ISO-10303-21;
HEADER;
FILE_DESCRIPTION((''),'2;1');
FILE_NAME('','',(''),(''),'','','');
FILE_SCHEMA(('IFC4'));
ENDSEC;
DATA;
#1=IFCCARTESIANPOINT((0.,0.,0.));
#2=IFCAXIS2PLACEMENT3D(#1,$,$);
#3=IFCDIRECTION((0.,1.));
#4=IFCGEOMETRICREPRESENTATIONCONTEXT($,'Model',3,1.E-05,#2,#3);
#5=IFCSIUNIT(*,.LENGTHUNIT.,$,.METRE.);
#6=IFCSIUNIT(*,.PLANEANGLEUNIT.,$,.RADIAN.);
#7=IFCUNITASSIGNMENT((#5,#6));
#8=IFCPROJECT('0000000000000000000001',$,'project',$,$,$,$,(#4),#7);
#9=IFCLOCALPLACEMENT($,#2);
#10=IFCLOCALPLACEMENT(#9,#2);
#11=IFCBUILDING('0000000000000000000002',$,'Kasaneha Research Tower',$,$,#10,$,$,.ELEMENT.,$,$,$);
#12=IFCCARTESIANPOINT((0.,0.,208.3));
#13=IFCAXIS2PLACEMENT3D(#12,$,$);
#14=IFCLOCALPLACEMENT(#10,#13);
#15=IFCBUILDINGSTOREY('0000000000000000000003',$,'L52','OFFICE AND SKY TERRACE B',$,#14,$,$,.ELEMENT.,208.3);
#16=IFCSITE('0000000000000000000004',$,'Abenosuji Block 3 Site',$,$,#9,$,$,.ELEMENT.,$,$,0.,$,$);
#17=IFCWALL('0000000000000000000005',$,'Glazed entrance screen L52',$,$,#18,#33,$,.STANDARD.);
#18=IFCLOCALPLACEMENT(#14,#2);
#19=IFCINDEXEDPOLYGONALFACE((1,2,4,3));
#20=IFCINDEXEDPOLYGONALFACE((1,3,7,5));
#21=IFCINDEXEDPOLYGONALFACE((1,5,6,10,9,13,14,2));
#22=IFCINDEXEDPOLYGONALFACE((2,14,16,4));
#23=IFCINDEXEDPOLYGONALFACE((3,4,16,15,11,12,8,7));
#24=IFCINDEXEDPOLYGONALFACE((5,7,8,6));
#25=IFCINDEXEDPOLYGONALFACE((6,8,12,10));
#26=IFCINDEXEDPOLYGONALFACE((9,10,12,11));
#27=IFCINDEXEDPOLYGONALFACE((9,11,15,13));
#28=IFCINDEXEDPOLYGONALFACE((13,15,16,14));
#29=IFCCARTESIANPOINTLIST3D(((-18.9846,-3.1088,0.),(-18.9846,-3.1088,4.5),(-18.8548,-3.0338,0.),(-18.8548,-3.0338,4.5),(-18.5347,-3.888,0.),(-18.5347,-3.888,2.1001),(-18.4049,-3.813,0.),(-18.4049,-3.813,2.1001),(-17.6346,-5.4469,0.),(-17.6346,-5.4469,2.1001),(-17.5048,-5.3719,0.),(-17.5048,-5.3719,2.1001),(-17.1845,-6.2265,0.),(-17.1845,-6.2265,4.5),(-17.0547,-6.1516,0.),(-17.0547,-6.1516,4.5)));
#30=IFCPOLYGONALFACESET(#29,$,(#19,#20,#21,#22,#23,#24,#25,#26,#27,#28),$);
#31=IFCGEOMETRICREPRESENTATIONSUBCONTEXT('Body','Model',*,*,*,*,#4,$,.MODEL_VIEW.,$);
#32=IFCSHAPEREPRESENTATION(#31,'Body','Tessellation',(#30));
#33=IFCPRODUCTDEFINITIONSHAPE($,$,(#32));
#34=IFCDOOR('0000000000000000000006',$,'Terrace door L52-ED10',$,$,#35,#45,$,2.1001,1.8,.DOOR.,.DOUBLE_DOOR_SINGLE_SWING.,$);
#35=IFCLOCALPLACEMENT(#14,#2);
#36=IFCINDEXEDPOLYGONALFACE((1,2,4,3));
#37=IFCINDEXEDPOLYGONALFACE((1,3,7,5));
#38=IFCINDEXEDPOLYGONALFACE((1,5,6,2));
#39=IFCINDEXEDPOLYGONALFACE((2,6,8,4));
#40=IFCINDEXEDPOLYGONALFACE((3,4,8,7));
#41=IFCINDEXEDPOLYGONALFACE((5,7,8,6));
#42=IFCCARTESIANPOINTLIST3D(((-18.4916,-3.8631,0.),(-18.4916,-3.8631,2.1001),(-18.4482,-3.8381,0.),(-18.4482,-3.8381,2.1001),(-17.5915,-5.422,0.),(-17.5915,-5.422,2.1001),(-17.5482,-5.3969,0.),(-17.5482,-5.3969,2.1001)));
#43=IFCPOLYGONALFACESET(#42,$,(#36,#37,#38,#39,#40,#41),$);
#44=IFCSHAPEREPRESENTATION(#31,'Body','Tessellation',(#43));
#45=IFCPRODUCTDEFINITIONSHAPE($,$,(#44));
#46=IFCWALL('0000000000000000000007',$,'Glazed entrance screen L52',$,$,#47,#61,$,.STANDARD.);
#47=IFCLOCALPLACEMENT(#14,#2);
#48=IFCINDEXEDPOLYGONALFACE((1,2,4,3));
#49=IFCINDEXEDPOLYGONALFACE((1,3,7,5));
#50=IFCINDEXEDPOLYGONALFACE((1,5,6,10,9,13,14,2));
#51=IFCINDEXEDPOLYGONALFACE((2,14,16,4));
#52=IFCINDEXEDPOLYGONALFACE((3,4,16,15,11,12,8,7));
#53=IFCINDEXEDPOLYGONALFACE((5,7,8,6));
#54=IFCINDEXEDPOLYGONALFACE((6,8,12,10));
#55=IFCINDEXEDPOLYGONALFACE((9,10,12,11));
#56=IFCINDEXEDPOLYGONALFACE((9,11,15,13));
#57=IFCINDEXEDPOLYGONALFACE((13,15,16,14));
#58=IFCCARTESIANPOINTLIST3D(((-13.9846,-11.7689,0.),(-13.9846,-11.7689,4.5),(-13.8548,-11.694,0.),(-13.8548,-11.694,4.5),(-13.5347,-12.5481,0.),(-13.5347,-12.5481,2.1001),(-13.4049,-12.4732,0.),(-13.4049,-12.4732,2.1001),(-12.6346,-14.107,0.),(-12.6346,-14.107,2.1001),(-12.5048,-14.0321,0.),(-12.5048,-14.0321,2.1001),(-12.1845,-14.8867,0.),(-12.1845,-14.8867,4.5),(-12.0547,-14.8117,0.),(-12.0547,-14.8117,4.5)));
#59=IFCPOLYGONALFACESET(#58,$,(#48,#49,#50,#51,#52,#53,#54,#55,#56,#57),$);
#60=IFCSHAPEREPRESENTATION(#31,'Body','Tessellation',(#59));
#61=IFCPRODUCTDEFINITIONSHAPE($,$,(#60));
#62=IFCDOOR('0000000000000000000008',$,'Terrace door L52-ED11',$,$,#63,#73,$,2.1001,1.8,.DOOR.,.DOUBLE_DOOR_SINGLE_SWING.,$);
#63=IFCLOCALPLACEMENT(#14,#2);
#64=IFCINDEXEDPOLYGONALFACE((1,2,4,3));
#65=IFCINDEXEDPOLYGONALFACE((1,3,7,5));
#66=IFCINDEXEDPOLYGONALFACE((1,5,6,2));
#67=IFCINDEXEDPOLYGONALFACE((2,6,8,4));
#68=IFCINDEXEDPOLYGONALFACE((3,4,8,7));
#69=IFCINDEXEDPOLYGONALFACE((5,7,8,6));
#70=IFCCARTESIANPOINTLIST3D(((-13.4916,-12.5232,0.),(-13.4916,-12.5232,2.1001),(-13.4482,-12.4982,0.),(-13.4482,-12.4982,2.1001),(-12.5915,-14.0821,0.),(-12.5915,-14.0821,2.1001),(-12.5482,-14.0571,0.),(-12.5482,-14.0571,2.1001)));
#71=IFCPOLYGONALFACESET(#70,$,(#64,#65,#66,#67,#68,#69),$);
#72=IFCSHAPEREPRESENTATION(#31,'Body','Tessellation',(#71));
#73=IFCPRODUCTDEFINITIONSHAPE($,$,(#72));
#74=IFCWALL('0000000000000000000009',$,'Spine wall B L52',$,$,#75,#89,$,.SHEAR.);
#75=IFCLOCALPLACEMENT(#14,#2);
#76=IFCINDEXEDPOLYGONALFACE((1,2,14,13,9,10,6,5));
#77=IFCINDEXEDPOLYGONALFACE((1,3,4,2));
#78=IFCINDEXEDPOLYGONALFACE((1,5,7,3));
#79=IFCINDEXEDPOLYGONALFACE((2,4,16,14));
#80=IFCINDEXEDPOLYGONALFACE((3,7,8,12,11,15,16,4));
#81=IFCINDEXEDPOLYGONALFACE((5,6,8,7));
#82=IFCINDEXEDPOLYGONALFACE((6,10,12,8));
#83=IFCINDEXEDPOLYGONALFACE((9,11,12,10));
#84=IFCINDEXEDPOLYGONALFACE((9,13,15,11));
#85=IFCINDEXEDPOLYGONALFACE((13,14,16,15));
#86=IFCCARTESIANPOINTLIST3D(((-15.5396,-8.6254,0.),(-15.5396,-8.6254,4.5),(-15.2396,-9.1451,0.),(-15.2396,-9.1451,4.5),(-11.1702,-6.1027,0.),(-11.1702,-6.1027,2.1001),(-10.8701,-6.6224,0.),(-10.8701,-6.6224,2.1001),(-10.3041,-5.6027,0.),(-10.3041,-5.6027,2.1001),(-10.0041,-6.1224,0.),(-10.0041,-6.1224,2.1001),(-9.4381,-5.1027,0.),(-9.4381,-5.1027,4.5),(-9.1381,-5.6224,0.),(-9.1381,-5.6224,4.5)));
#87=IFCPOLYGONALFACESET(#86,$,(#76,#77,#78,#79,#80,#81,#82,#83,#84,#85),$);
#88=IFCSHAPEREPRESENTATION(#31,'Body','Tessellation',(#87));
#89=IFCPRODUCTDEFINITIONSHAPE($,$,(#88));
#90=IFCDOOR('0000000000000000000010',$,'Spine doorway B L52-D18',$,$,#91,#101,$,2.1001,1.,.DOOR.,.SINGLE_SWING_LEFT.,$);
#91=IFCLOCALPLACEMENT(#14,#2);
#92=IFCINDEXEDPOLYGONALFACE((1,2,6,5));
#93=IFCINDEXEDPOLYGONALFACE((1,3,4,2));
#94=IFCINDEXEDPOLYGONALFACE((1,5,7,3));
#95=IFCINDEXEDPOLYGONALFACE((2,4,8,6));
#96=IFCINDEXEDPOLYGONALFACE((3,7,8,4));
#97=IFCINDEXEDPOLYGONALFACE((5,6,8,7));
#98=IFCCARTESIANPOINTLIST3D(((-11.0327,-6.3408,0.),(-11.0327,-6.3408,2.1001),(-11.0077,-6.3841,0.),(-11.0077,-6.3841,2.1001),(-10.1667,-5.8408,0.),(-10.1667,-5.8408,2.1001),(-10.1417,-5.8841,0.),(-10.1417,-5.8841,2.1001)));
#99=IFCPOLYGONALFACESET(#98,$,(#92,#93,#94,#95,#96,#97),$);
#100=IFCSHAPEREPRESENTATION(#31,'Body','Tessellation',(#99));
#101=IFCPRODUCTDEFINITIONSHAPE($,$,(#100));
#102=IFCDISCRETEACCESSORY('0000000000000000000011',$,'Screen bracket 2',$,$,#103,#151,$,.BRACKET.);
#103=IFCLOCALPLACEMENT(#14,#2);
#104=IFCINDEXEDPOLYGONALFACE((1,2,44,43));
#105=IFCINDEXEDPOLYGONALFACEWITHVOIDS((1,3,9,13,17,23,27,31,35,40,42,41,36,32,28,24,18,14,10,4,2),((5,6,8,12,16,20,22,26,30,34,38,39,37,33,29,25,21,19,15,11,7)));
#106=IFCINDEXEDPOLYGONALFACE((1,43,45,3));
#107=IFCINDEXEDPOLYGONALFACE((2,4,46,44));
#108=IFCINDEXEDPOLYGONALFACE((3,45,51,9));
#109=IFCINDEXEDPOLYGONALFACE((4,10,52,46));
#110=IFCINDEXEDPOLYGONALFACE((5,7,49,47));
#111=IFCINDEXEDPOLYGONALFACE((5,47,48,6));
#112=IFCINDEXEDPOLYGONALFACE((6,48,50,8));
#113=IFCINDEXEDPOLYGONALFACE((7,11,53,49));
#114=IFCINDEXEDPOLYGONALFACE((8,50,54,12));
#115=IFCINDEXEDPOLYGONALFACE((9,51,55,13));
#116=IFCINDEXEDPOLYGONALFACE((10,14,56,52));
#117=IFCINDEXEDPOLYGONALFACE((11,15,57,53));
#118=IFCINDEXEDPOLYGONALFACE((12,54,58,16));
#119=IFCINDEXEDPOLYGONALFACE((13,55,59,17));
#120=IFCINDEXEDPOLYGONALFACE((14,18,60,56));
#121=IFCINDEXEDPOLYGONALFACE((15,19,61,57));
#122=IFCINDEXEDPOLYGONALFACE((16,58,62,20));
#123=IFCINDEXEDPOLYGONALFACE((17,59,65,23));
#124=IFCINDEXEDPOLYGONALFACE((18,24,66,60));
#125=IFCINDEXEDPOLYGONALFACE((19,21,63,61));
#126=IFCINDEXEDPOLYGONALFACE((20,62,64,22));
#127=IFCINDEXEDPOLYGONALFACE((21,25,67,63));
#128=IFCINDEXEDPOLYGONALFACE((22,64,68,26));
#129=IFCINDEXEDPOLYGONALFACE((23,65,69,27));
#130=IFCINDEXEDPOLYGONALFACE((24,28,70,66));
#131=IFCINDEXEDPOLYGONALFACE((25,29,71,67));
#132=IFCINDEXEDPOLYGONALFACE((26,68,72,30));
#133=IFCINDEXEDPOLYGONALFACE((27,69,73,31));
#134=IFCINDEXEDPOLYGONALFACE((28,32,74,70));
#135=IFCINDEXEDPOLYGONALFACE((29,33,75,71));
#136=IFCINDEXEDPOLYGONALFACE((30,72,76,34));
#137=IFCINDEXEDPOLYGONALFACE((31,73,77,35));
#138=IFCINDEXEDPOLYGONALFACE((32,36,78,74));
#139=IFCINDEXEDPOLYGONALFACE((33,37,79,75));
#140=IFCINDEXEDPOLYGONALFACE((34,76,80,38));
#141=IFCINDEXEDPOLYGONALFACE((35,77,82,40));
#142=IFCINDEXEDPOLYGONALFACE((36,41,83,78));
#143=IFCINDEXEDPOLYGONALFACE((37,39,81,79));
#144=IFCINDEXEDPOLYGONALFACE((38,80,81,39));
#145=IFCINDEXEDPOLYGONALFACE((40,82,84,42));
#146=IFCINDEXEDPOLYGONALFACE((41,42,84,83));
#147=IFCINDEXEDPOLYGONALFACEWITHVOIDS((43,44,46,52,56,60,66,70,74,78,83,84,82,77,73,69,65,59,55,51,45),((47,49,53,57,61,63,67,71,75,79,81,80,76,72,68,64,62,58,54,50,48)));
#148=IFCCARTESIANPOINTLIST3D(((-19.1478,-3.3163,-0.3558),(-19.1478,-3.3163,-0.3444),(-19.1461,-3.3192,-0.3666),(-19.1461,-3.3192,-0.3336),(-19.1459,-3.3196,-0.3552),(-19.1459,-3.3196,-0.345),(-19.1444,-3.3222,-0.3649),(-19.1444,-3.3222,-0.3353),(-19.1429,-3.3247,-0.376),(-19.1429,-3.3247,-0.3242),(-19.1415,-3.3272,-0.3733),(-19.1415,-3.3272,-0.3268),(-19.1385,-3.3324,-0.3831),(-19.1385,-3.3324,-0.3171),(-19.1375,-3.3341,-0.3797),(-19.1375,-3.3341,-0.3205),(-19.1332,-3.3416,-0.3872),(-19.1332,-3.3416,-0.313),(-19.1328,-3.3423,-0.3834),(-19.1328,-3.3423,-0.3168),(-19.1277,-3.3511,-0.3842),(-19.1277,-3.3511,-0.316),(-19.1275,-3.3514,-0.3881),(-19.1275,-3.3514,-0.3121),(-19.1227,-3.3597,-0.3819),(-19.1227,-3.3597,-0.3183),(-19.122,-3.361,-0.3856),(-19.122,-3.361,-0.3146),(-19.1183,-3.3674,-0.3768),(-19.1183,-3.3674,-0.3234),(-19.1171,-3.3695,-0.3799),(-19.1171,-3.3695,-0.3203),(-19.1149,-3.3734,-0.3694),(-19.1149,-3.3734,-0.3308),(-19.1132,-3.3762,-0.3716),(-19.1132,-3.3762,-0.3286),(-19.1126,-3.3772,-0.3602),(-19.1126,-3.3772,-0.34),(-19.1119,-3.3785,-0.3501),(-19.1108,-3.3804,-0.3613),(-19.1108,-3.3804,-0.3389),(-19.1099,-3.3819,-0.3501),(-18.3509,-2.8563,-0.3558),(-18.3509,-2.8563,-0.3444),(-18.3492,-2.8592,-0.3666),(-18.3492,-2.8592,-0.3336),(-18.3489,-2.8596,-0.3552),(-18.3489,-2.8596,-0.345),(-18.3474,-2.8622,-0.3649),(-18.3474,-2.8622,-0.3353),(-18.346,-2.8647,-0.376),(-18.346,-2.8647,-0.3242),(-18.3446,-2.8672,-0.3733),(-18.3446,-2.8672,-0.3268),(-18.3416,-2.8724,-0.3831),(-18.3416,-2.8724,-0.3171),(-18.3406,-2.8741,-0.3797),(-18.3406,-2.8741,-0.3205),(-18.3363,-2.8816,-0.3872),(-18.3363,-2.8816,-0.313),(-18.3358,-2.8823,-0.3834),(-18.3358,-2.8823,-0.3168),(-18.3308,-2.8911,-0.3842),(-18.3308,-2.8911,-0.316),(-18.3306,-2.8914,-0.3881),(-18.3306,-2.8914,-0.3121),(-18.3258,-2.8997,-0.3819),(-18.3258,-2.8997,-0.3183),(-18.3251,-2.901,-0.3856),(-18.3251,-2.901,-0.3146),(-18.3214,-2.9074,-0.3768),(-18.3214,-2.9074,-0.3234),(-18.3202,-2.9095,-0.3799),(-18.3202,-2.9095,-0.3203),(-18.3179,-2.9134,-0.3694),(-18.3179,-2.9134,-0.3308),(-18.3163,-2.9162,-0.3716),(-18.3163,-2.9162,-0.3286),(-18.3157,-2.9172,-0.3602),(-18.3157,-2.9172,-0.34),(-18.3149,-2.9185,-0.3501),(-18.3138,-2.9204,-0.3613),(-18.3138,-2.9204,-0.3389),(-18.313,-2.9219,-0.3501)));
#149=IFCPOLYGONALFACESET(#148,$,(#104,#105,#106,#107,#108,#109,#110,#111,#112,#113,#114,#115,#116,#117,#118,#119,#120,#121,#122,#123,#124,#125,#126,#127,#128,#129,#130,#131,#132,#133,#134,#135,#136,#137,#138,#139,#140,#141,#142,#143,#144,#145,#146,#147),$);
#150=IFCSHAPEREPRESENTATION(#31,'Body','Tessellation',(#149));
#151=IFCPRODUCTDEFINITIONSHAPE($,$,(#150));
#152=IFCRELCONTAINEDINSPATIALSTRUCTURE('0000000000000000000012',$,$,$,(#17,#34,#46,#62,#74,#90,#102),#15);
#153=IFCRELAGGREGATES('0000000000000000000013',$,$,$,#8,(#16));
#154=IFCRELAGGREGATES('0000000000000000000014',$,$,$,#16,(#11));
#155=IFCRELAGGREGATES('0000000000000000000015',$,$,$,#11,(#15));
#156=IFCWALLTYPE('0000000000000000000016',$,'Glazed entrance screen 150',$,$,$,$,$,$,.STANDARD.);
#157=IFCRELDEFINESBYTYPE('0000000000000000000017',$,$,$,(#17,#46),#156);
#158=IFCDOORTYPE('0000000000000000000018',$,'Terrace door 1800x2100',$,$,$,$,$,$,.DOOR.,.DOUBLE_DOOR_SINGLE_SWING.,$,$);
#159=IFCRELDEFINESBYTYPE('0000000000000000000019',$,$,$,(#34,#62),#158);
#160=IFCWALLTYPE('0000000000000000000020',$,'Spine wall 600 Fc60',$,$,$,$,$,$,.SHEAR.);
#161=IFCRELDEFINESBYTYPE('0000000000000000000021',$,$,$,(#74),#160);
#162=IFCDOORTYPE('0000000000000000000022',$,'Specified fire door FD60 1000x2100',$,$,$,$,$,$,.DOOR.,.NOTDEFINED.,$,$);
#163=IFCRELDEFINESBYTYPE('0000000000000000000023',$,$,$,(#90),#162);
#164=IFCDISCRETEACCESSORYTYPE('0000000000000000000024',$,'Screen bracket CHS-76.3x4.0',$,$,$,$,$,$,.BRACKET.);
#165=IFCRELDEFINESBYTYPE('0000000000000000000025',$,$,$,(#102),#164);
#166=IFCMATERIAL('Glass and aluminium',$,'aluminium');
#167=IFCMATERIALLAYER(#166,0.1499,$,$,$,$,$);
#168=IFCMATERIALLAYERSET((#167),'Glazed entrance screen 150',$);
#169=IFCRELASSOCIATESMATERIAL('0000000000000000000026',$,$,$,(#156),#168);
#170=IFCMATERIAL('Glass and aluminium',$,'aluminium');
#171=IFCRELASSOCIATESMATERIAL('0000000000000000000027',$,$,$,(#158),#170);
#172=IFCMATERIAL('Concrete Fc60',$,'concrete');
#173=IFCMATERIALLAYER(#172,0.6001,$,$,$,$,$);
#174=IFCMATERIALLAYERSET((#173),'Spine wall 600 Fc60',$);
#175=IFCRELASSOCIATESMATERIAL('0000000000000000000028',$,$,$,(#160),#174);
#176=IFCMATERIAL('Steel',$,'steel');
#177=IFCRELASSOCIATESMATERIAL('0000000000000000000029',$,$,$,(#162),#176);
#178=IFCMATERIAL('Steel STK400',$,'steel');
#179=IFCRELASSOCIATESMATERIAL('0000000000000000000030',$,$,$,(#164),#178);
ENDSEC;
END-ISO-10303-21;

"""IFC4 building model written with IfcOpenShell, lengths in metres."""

from ifc_helpers import new_model, si_unit, direction, frame, frame_2d, origin, origin_2d, place, context, subcontext, project, spatial, rectangle, hollow_circle, extrude, material, layer, layer_set, material_profile, profile_set, type_object, element, fill, save


model = new_model("IFC4")

# Units and contexts
model_context = context("Model", 3, precision=1e-05, world=origin(), true_north=direction((0.0, 1.0)))
body_context = subcontext(model_context, "Body", "Model", "MODEL_VIEW")
ifc_project = project(units=[si_unit("LENGTHUNIT", "METRE"), si_unit("PLANEANGLEUNIT", "RADIAN")], contexts=[model_context])

# Site, building, storey
site_placement = place(None, origin())
site = spatial("IfcSite", under=ifc_project, at=site_placement, Name="Abenosuji Block 3 Site", CompositionType="ELEMENT", RefElevation=0.0)
building_placement = place(site_placement, origin())
building = spatial("IfcBuilding", under=site, at=building_placement, Name="Kasaneha Research Tower", CompositionType="ELEMENT")
storey_placement = place(building_placement, frame((0.0, 0.0, 208.3)))
storey = spatial("IfcBuildingStorey", under=building, at=storey_placement, Name="L52", Description="OFFICE AND SKY TERRACE B", CompositionType="ELEMENT", Elevation=208.3)

# Walls, openings, doors
ifc_material_1 = material(Name="Glass and aluminium", Category="aluminium")
ifc_layer_1 = layer(ifc_material_1, 0.1499)
ifc_layer_set_1 = layer_set([ifc_layer_1], Name="Glazed entrance screen 150")
wall_type_1 = type_object("IfcWallType", Name="Glazed entrance screen 150", PredefinedType="STANDARD", material=ifc_layer_set_1)
wall_1_placement = place(storey_placement, frame((-18.9197, -3.0713, 0.0), z_axis=(0.0, 0.0, 1.0), x_axis=(0.500012, -0.866018, 0.0)))
wall_1 = element("IfcWall", 1, at=wall_1_placement, inside=storey, type_object=wall_type_1, Name="Glazed entrance screen L52", PredefinedType="STANDARD", context=body_context, shape_type="SweptSolid", body=[
    extrude(rectangle(XDim=3.6001, YDim=0.1499, at=frame_2d((1.8, 0.0))), origin(), (0.0, 0.0, 1.0), 4.5),
])
opening_1_placement = place(wall_1_placement, frame((0.8999, 0.0, 0.0)))
opening_1 = element("IfcOpeningElement", 2, at=opening_1_placement, cuts=wall_1, PredefinedType="OPENING", context=body_context, shape_type="SweptSolid", body=[
    extrude(rectangle(XDim=1.8, YDim=2.1001, at=frame_2d((0.8999, 1.05))), frame((0.0, 0.085, 0.0), z_axis=(0.0, -1.0, 0.0), x_axis=(1.0, 0.0, 0.0)), (0.0, 0.0, 1.0), 0.1699),
])
ifc_material_2 = material(Name="Glass and aluminium", Category="aluminium")
door_type_1 = type_object("IfcDoorType", Name="Terrace door 1800x2100", OperationType="DOUBLE_DOOR_SINGLE_SWING", PredefinedType="DOOR", material=ifc_material_2)
door_1_placement = place(opening_1_placement, origin())
door_1 = element("IfcDoor", 3, at=door_1_placement, inside=storey, type_object=door_type_1, Name="Terrace door L52-ED10", OperationType="DOUBLE_DOOR_SINGLE_SWING", OverallHeight=2.1001, OverallWidth=1.8, PredefinedType="DOOR", context=body_context, shape_type="SweptSolid", body=[
    extrude(rectangle(XDim=1.8, YDim=2.1001, at=frame_2d((0.8999, 1.05))), frame((0.0, 0.0249, 0.0), z_axis=(0.0, -1.0, 0.0), x_axis=(1.0, 0.0, 0.0)), (0.0, 0.0, 1.0), 0.05),
])
fill(opening_1, door_1)
wall_2_placement = place(storey_placement, frame((-13.9197, -11.7314, 0.0), z_axis=(0.0, 0.0, 1.0), x_axis=(0.500012, -0.866018, 0.0)))
wall_2 = element("IfcWall", 4, at=wall_2_placement, inside=storey, type_object=wall_type_1, Name="Glazed entrance screen L52", PredefinedType="STANDARD", context=body_context, shape_type="SweptSolid", body=[
    extrude(rectangle(XDim=3.6001, YDim=0.1499, at=frame_2d((1.8, 0.0))), origin(), (0.0, 0.0, 1.0), 4.5),
])
opening_2_placement = place(wall_2_placement, frame((0.8999, 0.0, 0.0)))
opening_2 = element("IfcOpeningElement", 5, at=opening_2_placement, cuts=wall_2, PredefinedType="OPENING", context=body_context, shape_type="SweptSolid", body=[
    extrude(rectangle(XDim=1.8, YDim=2.1001, at=frame_2d((0.8999, 1.05))), frame((0.0, 0.085, 0.0), z_axis=(0.0, -1.0, 0.0), x_axis=(1.0, 0.0, 0.0)), (0.0, 0.0, 1.0), 0.1699),
])
door_2_placement = place(opening_2_placement, origin())
door_2 = element("IfcDoor", 6, at=door_2_placement, inside=storey, type_object=door_type_1, Name="Terrace door L52-ED11", OperationType="DOUBLE_DOOR_SINGLE_SWING", OverallHeight=2.1001, OverallWidth=1.8, PredefinedType="DOOR", context=body_context, shape_type="SweptSolid", body=[
    extrude(rectangle(XDim=1.8, YDim=2.1001, at=frame_2d((0.8999, 1.05))), frame((0.0, 0.0249, 0.0), z_axis=(0.0, -1.0, 0.0), x_axis=(1.0, 0.0, 0.0)), (0.0, 0.0, 1.0), 0.05),
])
fill(opening_2, door_2)
ifc_material_3 = material(Name="Concrete Fc60", Category="concrete")
ifc_layer_2 = layer(ifc_material_3, 0.6001)
ifc_layer_set_2 = layer_set([ifc_layer_2], Name="Spine wall 600 Fc60")
wall_type_2 = type_object("IfcWallType", Name="Spine wall 600 Fc60", PredefinedType="SHEAR", material=ifc_layer_set_2)
wall_3_placement = place(storey_placement, frame((-9.2881, -5.3625, 0.0), z_axis=(0.0, 0.0, 1.0), x_axis=(-0.866027, -0.499996, 0.0)))
wall_3 = element("IfcWall", 7, at=wall_3_placement, inside=storey, type_object=wall_type_2, Name="Spine wall B L52", PredefinedType="SHEAR", context=body_context, shape_type="SweptSolid", body=[
    extrude(rectangle(XDim=7.0454, YDim=0.6001, at=frame_2d((3.5227, 0.0))), origin(), (0.0, 0.0, 1.0), 4.5),
])
opening_3_placement = place(wall_3_placement, frame((1.0, 0.0, 0.0)))
opening_3 = element("IfcOpeningElement", 8, at=opening_3_placement, cuts=wall_3, PredefinedType="OPENING", context=body_context, shape_type="SweptSolid", body=[
    extrude(rectangle(XDim=1.0, YDim=2.1001, at=frame_2d((0.5, 1.05))), frame((0.0, 0.3101, 0.0), z_axis=(0.0, -1.0, 0.0), x_axis=(1.0, 0.0, 0.0)), (0.0, 0.0, 1.0), 0.6201),
])
ifc_material_4 = material(Name="Steel", Category="steel")
door_type_2 = type_object("IfcDoorType", Name="Specified fire door FD60 1000x2100", OperationType="NOTDEFINED", PredefinedType="DOOR", material=ifc_material_4)
door_3_placement = place(opening_3_placement, origin())
door_3 = element("IfcDoor", 9, at=door_3_placement, inside=storey, type_object=door_type_2, Name="Spine doorway B L52-D18", OperationType="SINGLE_SWING_LEFT", OverallHeight=2.1001, OverallWidth=1.0, PredefinedType="DOOR", context=body_context, shape_type="SweptSolid", body=[
    extrude(rectangle(XDim=1.0, YDim=2.1001, at=frame_2d((0.5, 1.05))), frame((0.0, 0.0249, 0.0), z_axis=(0.0, -1.0, 0.0), x_axis=(1.0, 0.0, 0.0)), (0.0, 0.0, 1.0), 0.05),
])
fill(opening_3, door_3)

# Discrete accessory
ifc_material_5 = material(Name="Steel STK400", Category="steel")
ifc_material_profile_1 = material_profile(ifc_material_5, hollow_circle(Radius=0.0381, WallThickness=0.0039, at=origin_2d()), Name="CHS-76.3x4.0")
ifc_profile_set_1 = profile_set([ifc_material_profile_1], Name="Steel STK400")
discrete_accessory_type = type_object("IfcDiscreteAccessoryType", Name="Screen bracket CHS-76.3x4.0", PredefinedType="BRACKET", material=ifc_profile_set_1)
for number, where, z_axis, x_axis, name in (
    (10, (-18.332, -2.8889, -0.3501), (-0.86608, -0.499906, 0.0), (0.499906, -0.86608, 0.0), "Screen bracket 2"),
):
    element("IfcDiscreteAccessory", number, at=place(storey_placement, frame(where, z_axis=z_axis, x_axis=x_axis)), inside=storey, type_object=discrete_accessory_type, Name=name, PredefinedType="BRACKET", context=body_context, shape_type="SweptSolid", body=[
        extrude(hollow_circle(Radius=0.0381, WallThickness=0.0039, at=origin_2d()), origin(), (0.0, 0.0, 1.0), 0.9202),
    ])

save(model, "model.ifc")
